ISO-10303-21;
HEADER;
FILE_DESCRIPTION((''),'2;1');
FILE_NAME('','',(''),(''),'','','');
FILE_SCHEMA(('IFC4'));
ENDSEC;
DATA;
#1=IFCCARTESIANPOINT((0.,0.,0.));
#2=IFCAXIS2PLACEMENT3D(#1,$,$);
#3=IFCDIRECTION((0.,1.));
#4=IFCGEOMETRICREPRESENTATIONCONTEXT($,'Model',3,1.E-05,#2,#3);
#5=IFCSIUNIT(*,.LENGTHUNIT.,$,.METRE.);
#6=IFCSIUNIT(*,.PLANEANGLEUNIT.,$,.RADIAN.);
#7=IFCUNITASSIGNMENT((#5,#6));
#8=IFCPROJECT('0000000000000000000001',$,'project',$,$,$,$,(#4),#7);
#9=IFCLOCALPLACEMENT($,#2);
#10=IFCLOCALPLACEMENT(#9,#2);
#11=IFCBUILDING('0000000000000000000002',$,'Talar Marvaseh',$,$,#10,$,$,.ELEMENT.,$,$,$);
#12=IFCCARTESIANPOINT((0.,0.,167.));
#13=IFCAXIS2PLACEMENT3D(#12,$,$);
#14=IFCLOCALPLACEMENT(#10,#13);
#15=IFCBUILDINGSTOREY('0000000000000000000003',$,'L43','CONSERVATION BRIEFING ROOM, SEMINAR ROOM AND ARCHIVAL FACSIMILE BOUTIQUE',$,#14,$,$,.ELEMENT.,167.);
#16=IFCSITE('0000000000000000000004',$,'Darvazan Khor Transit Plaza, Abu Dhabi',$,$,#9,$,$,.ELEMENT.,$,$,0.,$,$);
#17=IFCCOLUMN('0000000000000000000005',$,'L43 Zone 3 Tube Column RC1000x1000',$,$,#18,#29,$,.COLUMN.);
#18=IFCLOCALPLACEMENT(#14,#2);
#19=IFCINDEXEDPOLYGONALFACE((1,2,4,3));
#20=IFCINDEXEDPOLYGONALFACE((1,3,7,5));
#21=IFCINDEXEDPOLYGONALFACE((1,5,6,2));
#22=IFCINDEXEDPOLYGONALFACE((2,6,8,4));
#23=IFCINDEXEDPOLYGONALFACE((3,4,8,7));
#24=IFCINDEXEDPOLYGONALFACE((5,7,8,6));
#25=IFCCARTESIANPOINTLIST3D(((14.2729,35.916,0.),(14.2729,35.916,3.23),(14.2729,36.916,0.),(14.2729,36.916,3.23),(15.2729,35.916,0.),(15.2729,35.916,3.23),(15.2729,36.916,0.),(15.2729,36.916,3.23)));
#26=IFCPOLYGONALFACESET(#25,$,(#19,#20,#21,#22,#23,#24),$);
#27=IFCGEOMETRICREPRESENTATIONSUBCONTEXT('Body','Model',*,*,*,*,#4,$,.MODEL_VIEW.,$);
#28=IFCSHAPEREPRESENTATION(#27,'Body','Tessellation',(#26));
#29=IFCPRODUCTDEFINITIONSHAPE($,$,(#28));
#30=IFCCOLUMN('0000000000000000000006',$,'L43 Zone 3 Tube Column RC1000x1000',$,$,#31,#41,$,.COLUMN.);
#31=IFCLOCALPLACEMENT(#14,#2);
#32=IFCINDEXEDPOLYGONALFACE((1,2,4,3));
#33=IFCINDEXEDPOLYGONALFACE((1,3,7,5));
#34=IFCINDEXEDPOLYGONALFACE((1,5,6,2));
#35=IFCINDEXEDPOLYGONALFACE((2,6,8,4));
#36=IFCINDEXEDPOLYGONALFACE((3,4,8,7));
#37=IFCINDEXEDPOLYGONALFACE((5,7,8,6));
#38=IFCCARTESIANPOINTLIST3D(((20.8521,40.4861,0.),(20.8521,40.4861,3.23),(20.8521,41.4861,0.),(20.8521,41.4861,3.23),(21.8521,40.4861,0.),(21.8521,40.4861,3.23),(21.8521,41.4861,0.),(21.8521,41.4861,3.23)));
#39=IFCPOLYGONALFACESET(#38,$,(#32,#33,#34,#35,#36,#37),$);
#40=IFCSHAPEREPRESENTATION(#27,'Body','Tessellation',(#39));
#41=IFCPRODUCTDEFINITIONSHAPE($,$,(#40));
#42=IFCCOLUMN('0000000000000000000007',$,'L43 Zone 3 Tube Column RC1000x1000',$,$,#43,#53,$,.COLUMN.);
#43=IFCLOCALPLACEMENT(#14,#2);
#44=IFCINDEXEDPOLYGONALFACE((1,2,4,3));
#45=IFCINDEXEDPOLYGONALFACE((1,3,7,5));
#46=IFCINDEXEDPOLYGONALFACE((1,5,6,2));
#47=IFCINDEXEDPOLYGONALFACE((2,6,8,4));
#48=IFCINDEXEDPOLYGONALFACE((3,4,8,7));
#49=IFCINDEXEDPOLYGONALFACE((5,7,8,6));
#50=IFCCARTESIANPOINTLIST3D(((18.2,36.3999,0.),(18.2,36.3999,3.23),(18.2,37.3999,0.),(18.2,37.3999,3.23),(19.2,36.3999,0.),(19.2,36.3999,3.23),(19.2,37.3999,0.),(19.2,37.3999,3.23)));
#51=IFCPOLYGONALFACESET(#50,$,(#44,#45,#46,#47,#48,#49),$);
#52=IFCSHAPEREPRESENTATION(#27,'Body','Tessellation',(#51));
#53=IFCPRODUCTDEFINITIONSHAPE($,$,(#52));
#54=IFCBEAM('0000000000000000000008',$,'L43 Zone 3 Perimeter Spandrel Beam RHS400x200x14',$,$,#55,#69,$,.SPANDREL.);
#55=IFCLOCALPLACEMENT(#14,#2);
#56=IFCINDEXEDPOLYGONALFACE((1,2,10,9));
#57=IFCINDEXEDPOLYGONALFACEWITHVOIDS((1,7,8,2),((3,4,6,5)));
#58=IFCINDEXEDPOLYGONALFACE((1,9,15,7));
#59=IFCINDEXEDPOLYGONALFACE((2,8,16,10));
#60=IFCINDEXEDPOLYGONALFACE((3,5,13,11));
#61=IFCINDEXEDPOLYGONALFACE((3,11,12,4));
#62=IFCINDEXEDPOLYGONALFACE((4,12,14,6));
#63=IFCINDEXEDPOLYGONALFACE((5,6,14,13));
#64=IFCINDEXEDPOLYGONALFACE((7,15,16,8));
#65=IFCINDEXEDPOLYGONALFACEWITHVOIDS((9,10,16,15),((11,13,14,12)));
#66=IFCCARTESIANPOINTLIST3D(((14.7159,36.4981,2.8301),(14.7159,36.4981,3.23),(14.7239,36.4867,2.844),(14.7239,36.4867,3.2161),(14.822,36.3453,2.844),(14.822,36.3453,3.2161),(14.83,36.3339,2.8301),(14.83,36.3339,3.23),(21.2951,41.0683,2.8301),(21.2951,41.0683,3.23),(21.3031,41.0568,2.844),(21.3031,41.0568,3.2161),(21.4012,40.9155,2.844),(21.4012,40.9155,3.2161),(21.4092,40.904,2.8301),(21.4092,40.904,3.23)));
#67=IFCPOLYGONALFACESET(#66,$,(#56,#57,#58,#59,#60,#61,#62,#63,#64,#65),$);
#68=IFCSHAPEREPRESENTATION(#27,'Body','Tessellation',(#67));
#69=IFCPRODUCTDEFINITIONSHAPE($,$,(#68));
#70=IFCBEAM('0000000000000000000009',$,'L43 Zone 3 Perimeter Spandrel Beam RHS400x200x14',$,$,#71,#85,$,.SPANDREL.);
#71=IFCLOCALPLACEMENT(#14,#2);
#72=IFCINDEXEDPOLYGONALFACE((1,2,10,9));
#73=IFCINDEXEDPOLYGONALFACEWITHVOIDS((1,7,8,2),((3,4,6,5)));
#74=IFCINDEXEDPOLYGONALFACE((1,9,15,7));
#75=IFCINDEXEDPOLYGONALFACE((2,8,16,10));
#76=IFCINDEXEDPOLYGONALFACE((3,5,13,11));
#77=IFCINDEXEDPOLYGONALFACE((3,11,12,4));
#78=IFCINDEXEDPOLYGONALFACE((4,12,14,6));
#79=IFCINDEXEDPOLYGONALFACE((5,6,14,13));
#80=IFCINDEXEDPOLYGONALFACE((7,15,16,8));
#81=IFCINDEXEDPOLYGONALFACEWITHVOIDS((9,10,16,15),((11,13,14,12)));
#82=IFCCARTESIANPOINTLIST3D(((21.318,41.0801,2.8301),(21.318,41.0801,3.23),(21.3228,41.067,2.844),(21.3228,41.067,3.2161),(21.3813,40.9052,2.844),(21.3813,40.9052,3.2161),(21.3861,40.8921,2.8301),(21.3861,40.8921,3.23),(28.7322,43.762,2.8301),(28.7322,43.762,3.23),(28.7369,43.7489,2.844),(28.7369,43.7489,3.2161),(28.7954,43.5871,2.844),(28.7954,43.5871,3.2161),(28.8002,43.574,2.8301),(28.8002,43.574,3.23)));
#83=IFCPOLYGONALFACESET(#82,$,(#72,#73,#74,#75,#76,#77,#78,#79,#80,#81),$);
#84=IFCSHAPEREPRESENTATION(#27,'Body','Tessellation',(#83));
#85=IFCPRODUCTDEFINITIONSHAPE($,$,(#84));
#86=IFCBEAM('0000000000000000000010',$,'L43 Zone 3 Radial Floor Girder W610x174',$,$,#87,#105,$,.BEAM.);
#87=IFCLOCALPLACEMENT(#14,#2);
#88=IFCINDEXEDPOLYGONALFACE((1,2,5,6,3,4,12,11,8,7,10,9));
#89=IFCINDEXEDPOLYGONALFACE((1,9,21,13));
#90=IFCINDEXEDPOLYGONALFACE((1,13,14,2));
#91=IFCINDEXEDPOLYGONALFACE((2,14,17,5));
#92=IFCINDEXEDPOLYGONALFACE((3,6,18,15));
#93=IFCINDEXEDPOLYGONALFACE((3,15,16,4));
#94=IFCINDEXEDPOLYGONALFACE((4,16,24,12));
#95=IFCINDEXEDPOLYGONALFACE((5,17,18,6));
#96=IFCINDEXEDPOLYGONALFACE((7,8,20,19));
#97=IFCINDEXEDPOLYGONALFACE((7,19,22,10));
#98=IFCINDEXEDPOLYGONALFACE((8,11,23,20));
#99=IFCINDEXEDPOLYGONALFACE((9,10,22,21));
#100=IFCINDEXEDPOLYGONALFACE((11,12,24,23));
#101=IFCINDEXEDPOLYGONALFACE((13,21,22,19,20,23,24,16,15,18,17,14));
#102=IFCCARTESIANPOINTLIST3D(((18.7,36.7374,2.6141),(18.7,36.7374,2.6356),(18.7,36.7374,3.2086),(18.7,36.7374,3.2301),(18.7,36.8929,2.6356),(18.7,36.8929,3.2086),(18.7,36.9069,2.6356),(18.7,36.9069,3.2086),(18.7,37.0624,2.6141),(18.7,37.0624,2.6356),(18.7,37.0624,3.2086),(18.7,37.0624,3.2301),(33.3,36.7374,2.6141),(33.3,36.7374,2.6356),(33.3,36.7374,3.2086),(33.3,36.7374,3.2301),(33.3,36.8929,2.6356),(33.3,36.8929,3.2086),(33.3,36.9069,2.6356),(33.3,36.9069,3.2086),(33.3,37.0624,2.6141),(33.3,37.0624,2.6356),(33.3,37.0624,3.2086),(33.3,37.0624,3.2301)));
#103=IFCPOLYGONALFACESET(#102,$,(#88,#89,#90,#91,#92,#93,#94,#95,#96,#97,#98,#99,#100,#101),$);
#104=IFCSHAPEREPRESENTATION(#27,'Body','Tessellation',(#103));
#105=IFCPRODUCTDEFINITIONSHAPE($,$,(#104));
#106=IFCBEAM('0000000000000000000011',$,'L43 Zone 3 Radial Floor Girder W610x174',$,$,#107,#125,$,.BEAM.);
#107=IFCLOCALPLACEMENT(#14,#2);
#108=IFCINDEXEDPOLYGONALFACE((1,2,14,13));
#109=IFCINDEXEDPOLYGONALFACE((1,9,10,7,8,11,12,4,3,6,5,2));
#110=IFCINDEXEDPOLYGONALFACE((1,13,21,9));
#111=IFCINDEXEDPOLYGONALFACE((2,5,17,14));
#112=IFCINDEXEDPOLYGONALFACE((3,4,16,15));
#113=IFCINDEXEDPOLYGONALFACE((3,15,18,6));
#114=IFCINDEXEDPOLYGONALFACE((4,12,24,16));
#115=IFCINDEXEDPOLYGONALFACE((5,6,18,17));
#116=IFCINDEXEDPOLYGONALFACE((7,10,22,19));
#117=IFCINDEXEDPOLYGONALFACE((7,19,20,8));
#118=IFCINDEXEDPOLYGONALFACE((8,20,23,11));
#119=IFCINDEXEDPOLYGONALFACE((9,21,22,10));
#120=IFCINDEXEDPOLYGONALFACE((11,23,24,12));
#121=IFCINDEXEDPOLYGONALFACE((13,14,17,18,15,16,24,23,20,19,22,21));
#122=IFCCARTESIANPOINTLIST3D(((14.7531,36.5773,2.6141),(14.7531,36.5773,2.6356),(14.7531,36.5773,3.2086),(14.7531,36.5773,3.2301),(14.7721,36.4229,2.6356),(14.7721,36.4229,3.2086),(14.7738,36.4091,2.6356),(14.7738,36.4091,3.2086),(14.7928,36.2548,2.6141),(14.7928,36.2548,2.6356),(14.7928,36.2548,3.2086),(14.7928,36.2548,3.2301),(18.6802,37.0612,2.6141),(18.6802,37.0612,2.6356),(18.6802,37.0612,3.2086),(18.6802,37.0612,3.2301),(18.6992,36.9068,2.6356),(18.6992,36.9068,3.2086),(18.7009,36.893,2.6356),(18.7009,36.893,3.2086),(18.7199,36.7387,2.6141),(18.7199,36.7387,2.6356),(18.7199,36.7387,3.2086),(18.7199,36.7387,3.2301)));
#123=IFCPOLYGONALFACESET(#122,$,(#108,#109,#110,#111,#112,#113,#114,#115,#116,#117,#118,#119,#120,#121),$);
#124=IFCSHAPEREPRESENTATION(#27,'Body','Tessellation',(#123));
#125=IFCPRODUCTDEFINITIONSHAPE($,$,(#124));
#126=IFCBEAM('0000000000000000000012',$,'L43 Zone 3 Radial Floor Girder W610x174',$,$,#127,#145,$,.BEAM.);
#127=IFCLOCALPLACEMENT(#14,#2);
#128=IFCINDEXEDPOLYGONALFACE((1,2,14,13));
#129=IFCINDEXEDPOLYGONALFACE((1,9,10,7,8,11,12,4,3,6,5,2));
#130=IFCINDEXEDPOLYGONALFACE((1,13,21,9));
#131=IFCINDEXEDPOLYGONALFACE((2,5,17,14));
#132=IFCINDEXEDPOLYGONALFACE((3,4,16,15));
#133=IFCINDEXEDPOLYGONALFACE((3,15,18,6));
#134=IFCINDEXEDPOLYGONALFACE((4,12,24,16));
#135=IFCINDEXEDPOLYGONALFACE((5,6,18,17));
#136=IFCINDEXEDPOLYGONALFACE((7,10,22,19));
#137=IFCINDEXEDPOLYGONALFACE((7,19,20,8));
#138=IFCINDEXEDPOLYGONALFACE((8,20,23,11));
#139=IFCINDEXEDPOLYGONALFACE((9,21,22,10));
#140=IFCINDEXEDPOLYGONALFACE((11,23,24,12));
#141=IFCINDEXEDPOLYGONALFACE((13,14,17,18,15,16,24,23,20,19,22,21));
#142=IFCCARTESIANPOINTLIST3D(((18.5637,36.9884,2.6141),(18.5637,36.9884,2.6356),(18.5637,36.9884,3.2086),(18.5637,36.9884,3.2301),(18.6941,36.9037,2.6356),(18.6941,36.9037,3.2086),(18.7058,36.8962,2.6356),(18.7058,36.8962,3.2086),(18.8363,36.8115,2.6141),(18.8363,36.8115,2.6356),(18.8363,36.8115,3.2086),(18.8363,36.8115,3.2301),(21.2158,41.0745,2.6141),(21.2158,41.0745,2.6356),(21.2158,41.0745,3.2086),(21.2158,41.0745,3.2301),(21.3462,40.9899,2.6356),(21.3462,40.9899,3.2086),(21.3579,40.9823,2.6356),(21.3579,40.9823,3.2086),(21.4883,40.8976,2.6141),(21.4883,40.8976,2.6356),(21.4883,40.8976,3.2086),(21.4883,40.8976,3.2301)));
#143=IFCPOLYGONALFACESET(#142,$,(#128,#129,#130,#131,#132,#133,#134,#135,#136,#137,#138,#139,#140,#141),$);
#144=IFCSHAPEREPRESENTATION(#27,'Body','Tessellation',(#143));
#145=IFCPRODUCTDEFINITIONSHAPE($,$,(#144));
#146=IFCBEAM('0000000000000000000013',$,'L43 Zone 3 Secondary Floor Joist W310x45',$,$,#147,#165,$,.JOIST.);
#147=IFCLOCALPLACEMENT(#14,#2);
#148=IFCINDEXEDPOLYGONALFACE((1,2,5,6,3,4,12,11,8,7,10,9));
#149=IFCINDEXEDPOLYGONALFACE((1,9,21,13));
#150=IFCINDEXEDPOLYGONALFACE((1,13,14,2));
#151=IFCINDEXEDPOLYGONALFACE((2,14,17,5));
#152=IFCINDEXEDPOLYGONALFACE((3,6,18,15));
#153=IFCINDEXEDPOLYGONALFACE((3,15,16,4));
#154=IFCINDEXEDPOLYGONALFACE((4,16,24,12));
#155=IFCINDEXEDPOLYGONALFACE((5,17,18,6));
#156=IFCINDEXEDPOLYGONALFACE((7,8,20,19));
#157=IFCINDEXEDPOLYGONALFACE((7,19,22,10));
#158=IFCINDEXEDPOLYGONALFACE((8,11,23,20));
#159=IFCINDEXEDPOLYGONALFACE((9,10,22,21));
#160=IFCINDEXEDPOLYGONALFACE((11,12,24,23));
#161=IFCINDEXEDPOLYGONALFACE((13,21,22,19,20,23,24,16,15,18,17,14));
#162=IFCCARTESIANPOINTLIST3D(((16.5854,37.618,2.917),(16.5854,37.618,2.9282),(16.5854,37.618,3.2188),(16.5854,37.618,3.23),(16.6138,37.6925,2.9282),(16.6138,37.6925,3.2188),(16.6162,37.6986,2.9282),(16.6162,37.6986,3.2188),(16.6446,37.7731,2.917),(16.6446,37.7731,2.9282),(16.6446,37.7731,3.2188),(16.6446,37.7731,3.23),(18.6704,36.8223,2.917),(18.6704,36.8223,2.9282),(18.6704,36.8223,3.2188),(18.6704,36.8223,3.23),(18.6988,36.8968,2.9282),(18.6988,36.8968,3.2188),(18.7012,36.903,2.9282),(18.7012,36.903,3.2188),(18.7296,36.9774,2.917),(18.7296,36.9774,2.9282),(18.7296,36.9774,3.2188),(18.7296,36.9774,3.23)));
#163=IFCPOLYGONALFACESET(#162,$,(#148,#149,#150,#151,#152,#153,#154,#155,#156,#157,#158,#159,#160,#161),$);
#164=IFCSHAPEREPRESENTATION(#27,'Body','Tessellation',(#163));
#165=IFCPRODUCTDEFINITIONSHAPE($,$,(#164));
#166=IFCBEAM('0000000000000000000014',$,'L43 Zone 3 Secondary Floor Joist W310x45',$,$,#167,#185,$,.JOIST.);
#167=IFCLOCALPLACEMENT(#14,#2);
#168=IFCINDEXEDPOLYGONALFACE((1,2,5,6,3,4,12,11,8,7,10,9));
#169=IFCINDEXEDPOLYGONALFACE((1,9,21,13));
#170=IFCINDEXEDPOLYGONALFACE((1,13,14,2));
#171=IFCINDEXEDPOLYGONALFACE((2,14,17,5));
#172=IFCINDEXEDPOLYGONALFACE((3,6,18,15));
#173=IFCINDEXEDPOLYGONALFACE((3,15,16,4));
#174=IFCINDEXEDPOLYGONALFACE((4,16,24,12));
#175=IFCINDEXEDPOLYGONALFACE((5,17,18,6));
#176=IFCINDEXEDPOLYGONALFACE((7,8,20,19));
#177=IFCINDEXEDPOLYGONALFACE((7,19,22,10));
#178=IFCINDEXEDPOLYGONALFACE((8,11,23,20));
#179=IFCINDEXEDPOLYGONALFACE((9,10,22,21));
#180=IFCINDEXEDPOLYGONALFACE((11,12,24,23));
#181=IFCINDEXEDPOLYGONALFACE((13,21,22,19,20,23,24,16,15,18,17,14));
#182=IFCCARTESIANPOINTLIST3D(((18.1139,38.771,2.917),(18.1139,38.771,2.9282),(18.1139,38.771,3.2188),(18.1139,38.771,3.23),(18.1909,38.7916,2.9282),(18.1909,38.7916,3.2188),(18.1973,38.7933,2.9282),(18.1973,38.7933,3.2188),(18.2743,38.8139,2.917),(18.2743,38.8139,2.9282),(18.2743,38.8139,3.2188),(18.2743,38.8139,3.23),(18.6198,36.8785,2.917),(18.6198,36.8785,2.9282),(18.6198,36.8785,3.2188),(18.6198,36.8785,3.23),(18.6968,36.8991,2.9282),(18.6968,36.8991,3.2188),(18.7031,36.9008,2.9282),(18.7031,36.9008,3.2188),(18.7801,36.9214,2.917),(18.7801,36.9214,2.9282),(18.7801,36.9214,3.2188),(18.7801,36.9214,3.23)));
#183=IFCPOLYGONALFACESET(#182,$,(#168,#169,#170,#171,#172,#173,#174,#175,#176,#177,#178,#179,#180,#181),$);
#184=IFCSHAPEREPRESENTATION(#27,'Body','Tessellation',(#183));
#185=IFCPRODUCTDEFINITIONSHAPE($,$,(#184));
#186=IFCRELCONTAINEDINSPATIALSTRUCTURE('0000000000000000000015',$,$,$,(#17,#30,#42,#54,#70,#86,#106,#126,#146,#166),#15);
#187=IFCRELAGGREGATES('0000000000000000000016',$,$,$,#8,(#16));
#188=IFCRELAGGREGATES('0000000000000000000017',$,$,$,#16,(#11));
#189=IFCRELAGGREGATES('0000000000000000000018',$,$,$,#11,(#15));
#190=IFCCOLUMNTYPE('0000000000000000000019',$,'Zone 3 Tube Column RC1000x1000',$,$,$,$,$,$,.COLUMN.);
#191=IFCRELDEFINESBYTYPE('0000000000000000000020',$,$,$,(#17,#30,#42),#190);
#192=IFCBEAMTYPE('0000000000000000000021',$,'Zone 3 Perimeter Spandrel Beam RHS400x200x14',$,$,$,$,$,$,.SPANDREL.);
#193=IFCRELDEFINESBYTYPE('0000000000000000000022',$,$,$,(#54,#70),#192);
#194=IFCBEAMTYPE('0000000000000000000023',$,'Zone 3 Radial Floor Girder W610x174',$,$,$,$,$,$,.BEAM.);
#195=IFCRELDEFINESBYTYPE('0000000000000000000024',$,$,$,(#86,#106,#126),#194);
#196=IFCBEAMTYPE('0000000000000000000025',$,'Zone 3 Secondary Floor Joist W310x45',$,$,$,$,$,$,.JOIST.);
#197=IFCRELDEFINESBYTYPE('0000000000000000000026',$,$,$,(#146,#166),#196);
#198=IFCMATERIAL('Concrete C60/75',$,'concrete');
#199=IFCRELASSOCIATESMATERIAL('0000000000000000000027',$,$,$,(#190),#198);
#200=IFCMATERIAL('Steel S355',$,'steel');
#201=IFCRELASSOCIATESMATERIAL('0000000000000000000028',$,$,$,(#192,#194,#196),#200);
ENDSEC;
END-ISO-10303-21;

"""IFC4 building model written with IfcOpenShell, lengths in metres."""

from ifc_helpers import new_model, si_unit, direction, frame, origin, origin_2d, place, context, subcontext, project, spatial, rectangle, hollow_rectangle, i_section, extrude, material, material_profile, profile_set, type_object, element, save


model = new_model("IFC4")

# Units and contexts
model_context = context("Model", 3, precision=1e-05, world=origin(), true_north=direction((0.0, 1.0)))
body_context = subcontext(model_context, "Body", "Model", "MODEL_VIEW")
ifc_project = project(units=[si_unit("LENGTHUNIT", "METRE"), si_unit("PLANEANGLEUNIT", "RADIAN")], contexts=[model_context])

# Site, building, storey
site_placement = place(None, origin())
site = spatial("IfcSite", under=ifc_project, at=site_placement, Name="Darvazan Khor Transit Plaza, Abu Dhabi", CompositionType="ELEMENT", RefElevation=0.0)
building_placement = place(site_placement, origin())
building = spatial("IfcBuilding", under=site, at=building_placement, Name="Talar Marvaseh", CompositionType="ELEMENT")
storey_placement = place(building_placement, frame((0.0, 0.0, 167.0)))
storey = spatial("IfcBuildingStorey", under=building, at=storey_placement, Name="L43", Description="CONSERVATION BRIEFING ROOM, SEMINAR ROOM AND ARCHIVAL FACSIMILE BOUTIQUE", CompositionType="ELEMENT", Elevation=167.0)

# Columns
ifc_material_1 = material(Name="Concrete C60/75", Category="concrete")
ifc_material_profile_1 = material_profile(ifc_material_1, rectangle(XDim=1.0, YDim=1.0, at=origin_2d()), Name="RC1000x1000")
ifc_profile_set_1 = profile_set([ifc_material_profile_1], Name="Concrete C60/75")
column_type = type_object("IfcColumnType", Name="Zone 3 Tube Column RC1000x1000", PredefinedType="COLUMN", material=ifc_profile_set_1)
for number, where, z_axis, x_axis, name in (
    (1, (14.7729, 36.416, 0.0), (0.0, 0.0, 1.0), (1.0, 0.0, 0.0), "L43 Zone 3 Tube Column RC1000x1000"),
    (2, (21.3521, 40.9861, 0.0), (0.0, 0.0, 1.0), (1.0, 0.0, 0.0), "L43 Zone 3 Tube Column RC1000x1000"),
    (3, (18.7, 36.8999, 0.0), (0.0, 0.0, 1.0), (1.0, 0.0, 0.0), "L43 Zone 3 Tube Column RC1000x1000"),
):
    element("IfcColumn", number, at=place(storey_placement, frame(where, z_axis=z_axis, x_axis=x_axis)), inside=storey, type_object=column_type, Name=name, PredefinedType="COLUMN", context=body_context, shape_type="SweptSolid", body=[
        extrude(rectangle(XDim=1.0, YDim=1.0, at=origin_2d()), origin(), (0.0, 0.0, 1.0), 3.23),
    ])

# Beams
ifc_material_2 = material(Name="Steel S355", Category="steel")
ifc_material_profile_2 = material_profile(ifc_material_2, hollow_rectangle(XDim=0.2, YDim=0.3999, WallThickness=0.0139, at=origin_2d()), Name="RHS400x200x14")
ifc_profile_set_2 = profile_set([ifc_material_profile_2], Name="Steel S355")
beam_type_1 = type_object("IfcBeamType", Name="Zone 3 Perimeter Spandrel Beam RHS400x200x14", PredefinedType="SPANDREL", material=ifc_profile_set_2)
beam_1_placement = place(storey_placement, frame((14.7729, 36.416, 3.03), z_axis=(0.821297, 0.570501, 0.0), x_axis=(-0.570501, 0.821297, 0.0)))
element("IfcBeam", 4, at=beam_1_placement, inside=storey, type_object=beam_type_1, Name="L43 Zone 3 Perimeter Spandrel Beam RHS400x200x14", PredefinedType="SPANDREL", context=body_context, shape_type="SweptSolid", body=[
    extrude(hollow_rectangle(XDim=0.2, YDim=0.3999, WallThickness=0.0139, at=origin_2d()), origin(), (0.0, 0.0, 1.0), 8.0107),
])
beam_2_placement = place(storey_placement, frame((21.3521, 40.9861, 3.03), z_axis=(0.940368, 0.340159, 0.0), x_axis=(-0.340159, 0.940368, 0.0)))
element("IfcBeam", 5, at=beam_2_placement, inside=storey, type_object=beam_type_1, Name="L43 Zone 3 Perimeter Spandrel Beam RHS400x200x14", PredefinedType="SPANDREL", context=body_context, shape_type="SweptSolid", body=[
    extrude(hollow_rectangle(XDim=0.2, YDim=0.3999, WallThickness=0.0139, at=origin_2d()), origin(), (0.0, 0.0, 1.0), 7.8843),
])
ifc_material_profile_3 = material_profile(ifc_material_2, i_section(OverallWidth=0.325, OverallDepth=0.616, WebThickness=0.0139, FlangeThickness=0.0215, at=origin_2d()), Name="W610x174")
ifc_profile_set_3 = profile_set([ifc_material_profile_3], Name="Steel S355")
beam_type_2 = type_object("IfcBeamType", Name="Zone 3 Radial Floor Girder W610x174", PredefinedType="BEAM", material=ifc_profile_set_3)
beam_3_placement = place(storey_placement, frame((18.7, 36.8999, 2.9221), z_axis=(1.0, 0.0, 0.0), x_axis=(0.0, 1.0, 0.0)))
element("IfcBeam", 6, at=beam_3_placement, inside=storey, type_object=beam_type_2, Name="L43 Zone 3 Radial Floor Girder W610x174", PredefinedType="BEAM", context=body_context, shape_type="SweptSolid", body=[
    extrude(i_section(OverallWidth=0.325, OverallDepth=0.616, WebThickness=0.0139, FlangeThickness=0.0215, at=origin_2d()), origin(), (0.0, 0.0, 1.0), 14.6001),
])
beam_4_placement = place(storey_placement, frame((14.7729, 36.416, 2.9221), z_axis=(0.992494, 0.122295, 0.0), x_axis=(-0.122295, 0.992494, 0.0)))
element("IfcBeam", 7, at=beam_4_placement, inside=storey, type_object=beam_type_2, Name="L43 Zone 3 Radial Floor Girder W610x174", PredefinedType="BEAM", context=body_context, shape_type="SweptSolid", body=[
    extrude(i_section(OverallWidth=0.325, OverallDepth=0.616, WebThickness=0.0139, FlangeThickness=0.0215, at=origin_2d()), origin(), (0.0, 0.0, 1.0), 3.9568),
])
beam_5_placement = place(storey_placement, frame((21.3521, 40.9861, 2.9221), z_axis=(-0.544423, -0.838811, 0.0), x_axis=(0.838811, -0.544423, 0.0)))
element("IfcBeam", 8, at=beam_5_placement, inside=storey, type_object=beam_type_2, Name="L43 Zone 3 Radial Floor Girder W610x174", PredefinedType="BEAM", context=body_context, shape_type="SweptSolid", body=[
    extrude(i_section(OverallWidth=0.325, OverallDepth=0.616, WebThickness=0.0139, FlangeThickness=0.0215, at=origin_2d()), origin(), (0.0, 0.0, 1.0), 4.8713),
])
ifc_material_profile_4 = material_profile(ifc_material_2, i_section(OverallWidth=0.166, OverallDepth=0.313, WebThickness=0.0066, FlangeThickness=0.0112, at=origin_2d()), Name="W310x45")
ifc_profile_set_4 = profile_set([ifc_material_profile_4], Name="Steel S355")
beam_type_3 = type_object("IfcBeamType", Name="Zone 3 Secondary Floor Joist W310x45", PredefinedType="JOIST", material=ifc_profile_set_4)
beam_6_placement = place(storey_placement, frame((16.615, 37.6956, 3.0735), z_axis=(0.934281, -0.356537, 0.0), x_axis=(0.356537, 0.934281, 0.0)))
element("IfcBeam", 9, at=beam_6_placement, inside=storey, type_object=beam_type_3, Name="L43 Zone 3 Secondary Floor Joist W310x45", PredefinedType="JOIST", context=body_context, shape_type="SweptSolid", body=[
    extrude(i_section(OverallWidth=0.166, OverallDepth=0.313, WebThickness=0.0066, FlangeThickness=0.0112, at=origin_2d()), origin(), (0.0, 0.0, 1.0), 2.2317),
])
beam_7_placement = place(storey_placement, frame((18.1941, 38.7925, 3.0735), z_axis=(0.258221, -0.966086, 0.0), x_axis=(0.966086, 0.258221, 0.0)))
element("IfcBeam", 10, at=beam_7_placement, inside=storey, type_object=beam_type_3, Name="L43 Zone 3 Secondary Floor Joist W310x45", PredefinedType="JOIST", context=body_context, shape_type="SweptSolid", body=[
    extrude(i_section(OverallWidth=0.166, OverallDepth=0.313, WebThickness=0.0066, FlangeThickness=0.0112, at=origin_2d()), origin(), (0.0, 0.0, 1.0), 1.959),
])

save(model, "model.ifc")
